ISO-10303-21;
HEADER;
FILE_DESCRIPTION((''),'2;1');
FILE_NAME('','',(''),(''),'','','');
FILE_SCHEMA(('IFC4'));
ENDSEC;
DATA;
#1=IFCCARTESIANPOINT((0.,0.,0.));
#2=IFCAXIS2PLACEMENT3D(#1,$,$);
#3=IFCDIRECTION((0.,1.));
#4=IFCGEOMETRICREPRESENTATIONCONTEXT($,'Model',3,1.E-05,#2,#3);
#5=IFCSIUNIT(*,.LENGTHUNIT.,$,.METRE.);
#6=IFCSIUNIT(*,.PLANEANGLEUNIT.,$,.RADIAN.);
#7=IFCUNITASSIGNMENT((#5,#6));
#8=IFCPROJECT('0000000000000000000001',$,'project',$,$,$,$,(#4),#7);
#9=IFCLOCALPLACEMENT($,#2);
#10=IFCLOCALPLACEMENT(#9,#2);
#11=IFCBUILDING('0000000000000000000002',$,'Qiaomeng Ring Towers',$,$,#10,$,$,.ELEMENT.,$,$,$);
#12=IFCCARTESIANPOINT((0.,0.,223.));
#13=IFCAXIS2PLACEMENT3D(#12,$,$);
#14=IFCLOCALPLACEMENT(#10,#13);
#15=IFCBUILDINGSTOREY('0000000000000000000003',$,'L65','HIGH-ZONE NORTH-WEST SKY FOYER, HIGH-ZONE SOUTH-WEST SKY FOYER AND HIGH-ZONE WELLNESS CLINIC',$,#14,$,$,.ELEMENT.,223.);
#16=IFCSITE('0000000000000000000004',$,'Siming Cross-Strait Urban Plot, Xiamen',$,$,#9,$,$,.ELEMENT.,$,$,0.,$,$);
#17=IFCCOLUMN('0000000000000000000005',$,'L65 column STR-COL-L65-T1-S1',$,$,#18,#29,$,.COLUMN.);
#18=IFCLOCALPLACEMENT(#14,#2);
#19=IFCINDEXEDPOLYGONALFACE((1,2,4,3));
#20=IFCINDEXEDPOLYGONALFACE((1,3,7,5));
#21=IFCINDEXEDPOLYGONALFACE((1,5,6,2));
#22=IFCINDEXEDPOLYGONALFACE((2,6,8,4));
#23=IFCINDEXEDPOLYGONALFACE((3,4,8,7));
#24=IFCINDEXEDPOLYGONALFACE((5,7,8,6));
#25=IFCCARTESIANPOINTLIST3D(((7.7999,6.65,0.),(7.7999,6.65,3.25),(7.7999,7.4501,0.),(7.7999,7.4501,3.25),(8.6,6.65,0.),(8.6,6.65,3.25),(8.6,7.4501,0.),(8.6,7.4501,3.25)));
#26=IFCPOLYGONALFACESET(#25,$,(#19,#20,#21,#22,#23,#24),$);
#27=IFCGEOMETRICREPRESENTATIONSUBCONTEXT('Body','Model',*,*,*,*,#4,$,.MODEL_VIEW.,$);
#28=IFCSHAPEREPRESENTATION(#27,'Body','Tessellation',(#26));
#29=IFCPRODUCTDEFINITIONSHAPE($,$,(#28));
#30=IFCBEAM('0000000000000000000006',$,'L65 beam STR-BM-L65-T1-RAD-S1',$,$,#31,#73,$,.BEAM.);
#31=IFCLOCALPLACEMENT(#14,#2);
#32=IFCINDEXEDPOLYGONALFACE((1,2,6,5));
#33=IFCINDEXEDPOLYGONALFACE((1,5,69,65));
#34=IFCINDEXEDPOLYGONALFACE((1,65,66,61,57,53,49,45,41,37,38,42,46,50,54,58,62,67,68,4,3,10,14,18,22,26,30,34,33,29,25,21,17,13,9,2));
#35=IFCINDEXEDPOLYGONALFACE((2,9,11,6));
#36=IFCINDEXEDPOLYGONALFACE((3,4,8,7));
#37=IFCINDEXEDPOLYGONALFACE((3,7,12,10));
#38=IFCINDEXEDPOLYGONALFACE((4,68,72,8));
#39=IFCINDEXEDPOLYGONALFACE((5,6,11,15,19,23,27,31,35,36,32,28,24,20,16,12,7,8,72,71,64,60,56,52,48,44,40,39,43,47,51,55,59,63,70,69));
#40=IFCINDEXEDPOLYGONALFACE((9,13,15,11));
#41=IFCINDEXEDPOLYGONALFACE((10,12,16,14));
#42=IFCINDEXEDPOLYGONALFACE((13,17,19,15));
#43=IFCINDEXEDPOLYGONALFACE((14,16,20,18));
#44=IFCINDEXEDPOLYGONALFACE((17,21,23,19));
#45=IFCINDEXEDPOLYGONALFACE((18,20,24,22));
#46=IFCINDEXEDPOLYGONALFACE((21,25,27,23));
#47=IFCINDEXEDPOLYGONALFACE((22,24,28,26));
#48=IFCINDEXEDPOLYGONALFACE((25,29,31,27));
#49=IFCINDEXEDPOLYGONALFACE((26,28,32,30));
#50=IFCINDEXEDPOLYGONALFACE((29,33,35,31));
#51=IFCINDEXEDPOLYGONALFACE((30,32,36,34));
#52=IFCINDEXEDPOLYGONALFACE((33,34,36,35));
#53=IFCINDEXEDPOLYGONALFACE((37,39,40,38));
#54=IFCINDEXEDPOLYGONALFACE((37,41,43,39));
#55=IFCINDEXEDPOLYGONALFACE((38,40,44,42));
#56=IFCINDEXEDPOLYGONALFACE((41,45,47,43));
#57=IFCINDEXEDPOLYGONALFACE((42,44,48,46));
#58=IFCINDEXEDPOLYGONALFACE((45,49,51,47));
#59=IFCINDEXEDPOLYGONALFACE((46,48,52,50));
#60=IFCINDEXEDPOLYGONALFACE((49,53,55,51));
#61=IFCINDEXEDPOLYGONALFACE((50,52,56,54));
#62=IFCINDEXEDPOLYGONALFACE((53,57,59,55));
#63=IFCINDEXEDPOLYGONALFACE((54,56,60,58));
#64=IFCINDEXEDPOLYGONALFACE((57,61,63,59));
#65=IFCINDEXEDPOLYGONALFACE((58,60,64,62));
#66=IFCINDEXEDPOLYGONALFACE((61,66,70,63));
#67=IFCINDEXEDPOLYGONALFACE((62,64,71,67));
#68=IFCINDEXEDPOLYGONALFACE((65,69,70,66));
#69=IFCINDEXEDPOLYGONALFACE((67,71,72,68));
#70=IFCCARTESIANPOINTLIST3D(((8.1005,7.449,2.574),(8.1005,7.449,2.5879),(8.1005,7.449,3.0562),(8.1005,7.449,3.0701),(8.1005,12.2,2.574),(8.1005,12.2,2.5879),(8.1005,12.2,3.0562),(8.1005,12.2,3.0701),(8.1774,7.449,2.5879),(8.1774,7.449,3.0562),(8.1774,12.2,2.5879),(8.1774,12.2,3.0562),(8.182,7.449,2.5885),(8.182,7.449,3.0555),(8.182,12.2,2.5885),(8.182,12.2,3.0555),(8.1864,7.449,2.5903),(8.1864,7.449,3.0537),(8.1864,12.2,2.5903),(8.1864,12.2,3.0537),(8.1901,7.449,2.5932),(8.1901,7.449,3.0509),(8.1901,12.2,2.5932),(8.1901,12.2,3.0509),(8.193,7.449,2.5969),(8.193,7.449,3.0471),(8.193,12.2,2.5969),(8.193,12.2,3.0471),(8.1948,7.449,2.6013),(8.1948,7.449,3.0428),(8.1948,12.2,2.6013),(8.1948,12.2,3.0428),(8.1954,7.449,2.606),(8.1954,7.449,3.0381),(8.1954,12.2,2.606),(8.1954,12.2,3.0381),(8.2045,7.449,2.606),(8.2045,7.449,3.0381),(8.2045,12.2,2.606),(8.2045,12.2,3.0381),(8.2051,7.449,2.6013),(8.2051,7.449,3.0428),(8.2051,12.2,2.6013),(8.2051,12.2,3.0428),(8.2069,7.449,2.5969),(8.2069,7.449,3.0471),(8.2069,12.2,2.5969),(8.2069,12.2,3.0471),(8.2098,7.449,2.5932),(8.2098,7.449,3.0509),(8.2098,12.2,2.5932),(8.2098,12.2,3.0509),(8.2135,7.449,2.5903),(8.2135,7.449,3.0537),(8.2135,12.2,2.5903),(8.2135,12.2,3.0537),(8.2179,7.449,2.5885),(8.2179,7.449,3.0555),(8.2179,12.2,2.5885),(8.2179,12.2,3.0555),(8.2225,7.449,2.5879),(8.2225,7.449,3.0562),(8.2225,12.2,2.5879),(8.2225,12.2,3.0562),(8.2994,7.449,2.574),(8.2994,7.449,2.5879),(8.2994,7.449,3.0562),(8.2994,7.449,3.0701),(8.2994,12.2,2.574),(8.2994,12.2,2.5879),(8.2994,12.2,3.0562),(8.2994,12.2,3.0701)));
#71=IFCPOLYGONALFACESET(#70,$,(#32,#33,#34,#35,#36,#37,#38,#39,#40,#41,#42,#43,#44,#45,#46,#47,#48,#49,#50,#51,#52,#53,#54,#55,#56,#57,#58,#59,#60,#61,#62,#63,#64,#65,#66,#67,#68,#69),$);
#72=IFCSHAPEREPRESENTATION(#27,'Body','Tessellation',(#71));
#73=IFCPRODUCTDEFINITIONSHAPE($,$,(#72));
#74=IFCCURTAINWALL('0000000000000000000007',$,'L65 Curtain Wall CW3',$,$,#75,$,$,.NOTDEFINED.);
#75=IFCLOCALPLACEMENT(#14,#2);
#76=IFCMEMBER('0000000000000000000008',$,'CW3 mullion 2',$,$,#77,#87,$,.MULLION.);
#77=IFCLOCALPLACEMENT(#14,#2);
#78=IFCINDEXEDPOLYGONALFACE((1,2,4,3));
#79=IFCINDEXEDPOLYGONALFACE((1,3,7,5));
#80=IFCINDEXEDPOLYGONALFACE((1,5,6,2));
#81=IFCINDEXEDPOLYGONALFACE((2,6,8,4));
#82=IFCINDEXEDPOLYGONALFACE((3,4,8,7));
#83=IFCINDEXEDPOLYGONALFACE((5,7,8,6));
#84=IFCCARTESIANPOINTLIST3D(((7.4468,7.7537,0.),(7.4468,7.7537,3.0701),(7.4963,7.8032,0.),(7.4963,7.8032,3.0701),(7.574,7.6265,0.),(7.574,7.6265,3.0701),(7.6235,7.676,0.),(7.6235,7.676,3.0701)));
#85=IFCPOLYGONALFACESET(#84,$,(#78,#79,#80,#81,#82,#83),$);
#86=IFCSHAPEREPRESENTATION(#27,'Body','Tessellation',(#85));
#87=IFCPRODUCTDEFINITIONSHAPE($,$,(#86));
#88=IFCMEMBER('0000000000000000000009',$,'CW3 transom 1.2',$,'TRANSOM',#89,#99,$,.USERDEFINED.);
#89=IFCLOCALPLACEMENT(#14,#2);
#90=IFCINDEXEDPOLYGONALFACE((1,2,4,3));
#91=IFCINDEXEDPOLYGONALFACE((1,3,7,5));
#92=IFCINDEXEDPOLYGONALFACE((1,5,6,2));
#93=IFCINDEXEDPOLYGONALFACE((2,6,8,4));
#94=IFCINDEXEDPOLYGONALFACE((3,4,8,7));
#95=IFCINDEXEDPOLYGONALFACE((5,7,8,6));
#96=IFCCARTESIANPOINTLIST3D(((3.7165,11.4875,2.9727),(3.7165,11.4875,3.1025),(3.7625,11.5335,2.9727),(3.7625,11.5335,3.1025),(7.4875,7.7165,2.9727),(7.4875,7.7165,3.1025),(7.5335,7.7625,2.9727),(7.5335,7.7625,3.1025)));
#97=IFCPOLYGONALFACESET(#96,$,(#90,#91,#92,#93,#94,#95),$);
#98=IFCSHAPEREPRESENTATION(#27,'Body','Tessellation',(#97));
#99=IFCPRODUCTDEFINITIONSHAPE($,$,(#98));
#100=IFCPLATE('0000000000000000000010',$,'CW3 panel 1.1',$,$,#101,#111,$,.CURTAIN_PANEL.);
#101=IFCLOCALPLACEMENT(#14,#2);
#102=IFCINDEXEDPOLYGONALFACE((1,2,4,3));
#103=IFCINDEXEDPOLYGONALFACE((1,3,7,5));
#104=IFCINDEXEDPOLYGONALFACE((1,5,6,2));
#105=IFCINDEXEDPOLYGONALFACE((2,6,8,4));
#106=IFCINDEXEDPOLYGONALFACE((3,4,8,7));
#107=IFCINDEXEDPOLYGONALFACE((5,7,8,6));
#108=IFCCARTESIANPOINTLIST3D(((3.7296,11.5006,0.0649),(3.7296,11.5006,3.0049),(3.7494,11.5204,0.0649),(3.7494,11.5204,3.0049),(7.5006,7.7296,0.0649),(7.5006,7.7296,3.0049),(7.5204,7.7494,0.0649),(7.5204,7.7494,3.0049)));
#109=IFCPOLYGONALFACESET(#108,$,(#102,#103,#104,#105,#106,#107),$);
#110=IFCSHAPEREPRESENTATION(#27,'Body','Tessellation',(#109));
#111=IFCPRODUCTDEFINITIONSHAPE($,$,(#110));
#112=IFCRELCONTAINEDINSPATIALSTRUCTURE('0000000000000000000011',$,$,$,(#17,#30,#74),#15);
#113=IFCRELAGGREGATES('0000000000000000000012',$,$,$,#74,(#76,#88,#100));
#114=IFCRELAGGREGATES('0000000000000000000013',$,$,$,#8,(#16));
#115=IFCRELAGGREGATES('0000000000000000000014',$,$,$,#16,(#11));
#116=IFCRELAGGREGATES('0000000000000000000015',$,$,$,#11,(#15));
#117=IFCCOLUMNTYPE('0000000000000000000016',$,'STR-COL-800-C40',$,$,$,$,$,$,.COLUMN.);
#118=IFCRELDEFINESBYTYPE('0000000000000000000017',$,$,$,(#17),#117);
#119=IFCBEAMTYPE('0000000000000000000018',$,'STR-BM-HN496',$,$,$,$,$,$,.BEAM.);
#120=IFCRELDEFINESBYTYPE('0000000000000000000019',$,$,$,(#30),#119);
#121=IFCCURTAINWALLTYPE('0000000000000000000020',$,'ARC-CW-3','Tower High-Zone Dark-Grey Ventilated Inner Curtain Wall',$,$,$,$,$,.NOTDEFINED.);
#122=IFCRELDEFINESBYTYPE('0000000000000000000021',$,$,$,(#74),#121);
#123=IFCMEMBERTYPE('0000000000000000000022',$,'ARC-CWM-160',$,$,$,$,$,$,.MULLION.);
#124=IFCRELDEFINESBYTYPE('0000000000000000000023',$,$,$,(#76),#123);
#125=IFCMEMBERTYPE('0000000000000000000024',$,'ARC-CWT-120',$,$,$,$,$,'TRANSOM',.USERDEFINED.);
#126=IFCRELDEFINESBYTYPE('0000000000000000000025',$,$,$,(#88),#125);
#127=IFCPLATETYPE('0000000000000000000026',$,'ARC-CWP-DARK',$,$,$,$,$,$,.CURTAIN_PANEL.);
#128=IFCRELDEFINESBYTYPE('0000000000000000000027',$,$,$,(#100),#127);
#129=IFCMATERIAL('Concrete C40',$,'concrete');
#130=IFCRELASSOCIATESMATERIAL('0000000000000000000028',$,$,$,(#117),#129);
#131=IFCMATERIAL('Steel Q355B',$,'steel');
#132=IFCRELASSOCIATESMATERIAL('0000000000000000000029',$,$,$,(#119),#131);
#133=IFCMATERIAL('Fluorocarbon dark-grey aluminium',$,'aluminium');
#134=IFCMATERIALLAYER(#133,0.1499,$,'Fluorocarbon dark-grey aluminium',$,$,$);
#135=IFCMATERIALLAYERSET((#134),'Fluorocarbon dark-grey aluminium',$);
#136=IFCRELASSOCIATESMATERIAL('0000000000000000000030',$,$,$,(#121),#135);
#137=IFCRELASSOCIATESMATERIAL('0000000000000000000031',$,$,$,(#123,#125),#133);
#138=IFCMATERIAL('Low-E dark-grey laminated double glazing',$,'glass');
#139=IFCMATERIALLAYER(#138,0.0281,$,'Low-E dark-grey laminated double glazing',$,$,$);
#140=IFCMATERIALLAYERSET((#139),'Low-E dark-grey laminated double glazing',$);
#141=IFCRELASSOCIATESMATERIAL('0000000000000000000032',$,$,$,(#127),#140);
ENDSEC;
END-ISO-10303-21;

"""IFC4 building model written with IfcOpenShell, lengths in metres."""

from ifc_helpers import new_model, si_unit, direction, frame, origin, origin_2d, place, context, subcontext, project, spatial, rectangle, i_section, extrude, source, transform, mapped, material, layer, layer_set, material_profile, profile_set, type_object, element, aggregate, save


model = new_model("IFC4")

# Units and contexts
model_context = context("Model", 3, precision=1e-05, world=origin(), true_north=direction((0.0, 1.0)))
body_context = subcontext(model_context, "Body", "Model", "MODEL_VIEW")
ifc_project = project(units=[si_unit("LENGTHUNIT", "METRE"), si_unit("PLANEANGLEUNIT", "RADIAN")], contexts=[model_context])

# Site, building, storey
site_placement = place(None, origin())
site = spatial("IfcSite", under=ifc_project, at=site_placement, Name="Siming Cross-Strait Urban Plot, Xiamen", CompositionType="ELEMENT", RefElevation=0.0)
building_placement = place(site_placement, origin())
building = spatial("IfcBuilding", under=site, at=building_placement, Name="Qiaomeng Ring Towers", CompositionType="ELEMENT")
storey_placement = place(building_placement, frame((0.0, 0.0, 223.0)))
storey = spatial("IfcBuildingStorey", under=building, at=storey_placement, Name="L65", Description="HIGH-ZONE NORTH-WEST SKY FOYER, HIGH-ZONE SOUTH-WEST SKY FOYER AND HIGH-ZONE WELLNESS CLINIC", CompositionType="ELEMENT", Elevation=223.0)

# Column
ifc_material_1 = material(Name="Concrete C40", Category="concrete")
ifc_material_profile_1 = material_profile(ifc_material_1, rectangle(XDim=0.8, YDim=0.8, at=origin_2d()), Name="RC COL 800x800")
ifc_profile_set_1 = profile_set([ifc_material_profile_1], Name="Concrete C40")
column_type = type_object("IfcColumnType", Name="STR-COL-800-C40", PredefinedType="COLUMN", material=ifc_profile_set_1)
shared_shape_1 = source(origin(), body_context, "Body", "SweptSolid", [
    extrude(rectangle(XDim=0.8, YDim=0.8, at=origin_2d()), origin(), (0.0, 0.0, 1.0), 3.25),
])
column_placement = place(storey_placement, frame((8.2, 7.05, 0.0), z_axis=(0.0, 0.0, 1.0), x_axis=(1.0, 0.0, 0.0)))
element("IfcColumn", 1, at=column_placement, inside=storey, type_object=column_type, Name="L65 column STR-COL-L65-T1-S1", PredefinedType="COLUMN", context=body_context, shape_type="MappedRepresentation", body=[
    mapped(shared_shape_1, transform((0.0, 0.0, 0.0), x_axis=(1.0, 0.0, 0.0), y_axis=(0.0, 1.0, 0.0), z_axis=(0.0, 0.0, 1.0), scale=1.0)),
])

# Beam
ifc_material_2 = material(Name="Steel Q355B", Category="steel")
ifc_material_profile_2 = material_profile(ifc_material_2, i_section(OverallWidth=0.199, OverallDepth=0.4961, WebThickness=0.009, FlangeThickness=0.0139, FilletRadius=0.0181, at=origin_2d()), Name="HN 496x199x9x14")
ifc_profile_set_2 = profile_set([ifc_material_profile_2], Name="Steel Q355B")
beam_type = type_object("IfcBeamType", Name="STR-BM-HN496", PredefinedType="BEAM", material=ifc_profile_set_2)
shared_shape_2 = source(origin(), body_context, "Body", "SweptSolid", [
    extrude(i_section(OverallWidth=0.199, OverallDepth=0.4961, WebThickness=0.009, FlangeThickness=0.0139, FilletRadius=0.0181, at=origin_2d()), origin(), (0.0, 0.0, 1.0), 4.751),
])
beam_placement = place(storey_placement, frame((8.2, 7.449, 2.822), z_axis=(0.0, 1.0, 0.0), x_axis=(-1.0, 0.0, 0.0)))
element("IfcBeam", 2, at=beam_placement, inside=storey, type_object=beam_type, Name="L65 beam STR-BM-L65-T1-RAD-S1", PredefinedType="BEAM", context=body_context, shape_type="MappedRepresentation", body=[
    mapped(shared_shape_2, transform((0.0, 0.0, 0.0), x_axis=(1.0, 0.0, 0.0), y_axis=(0.0, 1.0, 0.0), z_axis=(0.0, 0.0, 1.0), scale=1.0)),
])

# Curtain wall, members, plate
ifc_material_3 = material(Name="Fluorocarbon dark-grey aluminium", Category="aluminium")
ifc_layer_1 = layer(ifc_material_3, 0.1499, Name="Fluorocarbon dark-grey aluminium")
ifc_layer_set_1 = layer_set([ifc_layer_1], Name="Fluorocarbon dark-grey aluminium")
curtain_wall_type = type_object("IfcCurtainWallType", Name="ARC-CW-3", Description="Tower High-Zone Dark-Grey Ventilated Inner Curtain Wall", PredefinedType="NOTDEFINED", material=ifc_layer_set_1)
curtain_wall_placement = place(storey_placement, origin())
curtain_wall = element("IfcCurtainWall", 3, at=curtain_wall_placement, inside=storey, type_object=curtain_wall_type, Name="L65 Curtain Wall CW3", PredefinedType="NOTDEFINED")
ifc_material_profile_3 = material_profile(ifc_material_3, rectangle(XDim=0.0701, YDim=0.1799, at=origin_2d()), Name="ALU MULL 70x180")
ifc_profile_set_3 = profile_set([ifc_material_profile_3], Name="Fluorocarbon dark-grey aluminium")
member_type_1 = type_object("IfcMemberType", Name="ARC-CWM-160", PredefinedType="MULLION", material=ifc_profile_set_3)
shared_shape_3 = source(origin(), body_context, "Body", "SweptSolid", [
    extrude(rectangle(XDim=0.0701, YDim=0.1799, at=origin_2d()), origin(), (0.0, 0.0, 1.0), 3.0701),
])
member_1_placement = place(storey_placement, frame((7.5352, 7.7148, 0.0), z_axis=(0.0, 0.0, 1.0), x_axis=(0.707107, 0.707107, 0.0)))
member_1 = element("IfcMember", 4, at=member_1_placement, type_object=member_type_1, Name="CW3 mullion 2", PredefinedType="MULLION", context=body_context, shape_type="MappedRepresentation", body=[
    mapped(shared_shape_3, transform((0.0, 0.0, 0.0), x_axis=(1.0, 0.0, 0.0), y_axis=(0.0, 1.0, 0.0), z_axis=(0.0, 0.0, 1.0), scale=1.0)),
])
ifc_material_profile_4 = material_profile(ifc_material_3, rectangle(XDim=0.0649, YDim=0.1299, at=origin_2d()), Name="ALU TRAN 65x130")
ifc_profile_set_4 = profile_set([ifc_material_profile_4], Name="Fluorocarbon dark-grey aluminium")
member_type_2 = type_object("IfcMemberType", Name="ARC-CWT-120", ElementType="TRANSOM", PredefinedType="USERDEFINED", material=ifc_profile_set_4)
shared_shape_4 = source(origin(), body_context, "Body", "SweptSolid", [
    extrude(rectangle(XDim=0.0649, YDim=0.1299, at=origin_2d()), origin(), (0.0, 0.0, 1.0), 5.333),
])
member_2_placement = place(storey_placement, frame((3.7395, 11.5105, 3.0376), z_axis=(0.707107, -0.707107, 0.0), x_axis=(0.707107, 0.707107, 0.0)))
member_2 = element("IfcMember", 5, at=member_2_placement, type_object=member_type_2, Name="CW3 transom 1.2", ObjectType="TRANSOM", PredefinedType="USERDEFINED", context=body_context, shape_type="MappedRepresentation", body=[
    mapped(shared_shape_4, transform((0.0, 0.0, 0.0), x_axis=(1.0, 0.0, 0.0), y_axis=(0.0, 1.0, 0.0), z_axis=(0.0, 0.0, 1.0), scale=1.0)),
])
ifc_material_4 = material(Name="Low-E dark-grey laminated double glazing", Category="glass")
ifc_layer_2 = layer(ifc_material_4, 0.0281, Name="Low-E dark-grey laminated double glazing")
ifc_layer_set_2 = layer_set([ifc_layer_2], Name="Low-E dark-grey laminated double glazing")
plate_type = type_object("IfcPlateType", Name="ARC-CWP-DARK", PredefinedType="CURTAIN_PANEL", material=ifc_layer_set_2)
shared_shape_5 = source(origin(), body_context, "Body", "SweptSolid", [
    extrude(rectangle(XDim=5.333, YDim=0.0281, at=origin_2d()), origin(), (0.0, 0.0, 1.0), 2.9399),
])
plate_placement = place(storey_placement, frame((5.625, 9.625, 0.0649), z_axis=(0.0, 0.0, 1.0), x_axis=(0.707107, -0.707107, 0.0)))
plate = element("IfcPlate", 6, at=plate_placement, type_object=plate_type, Name="CW3 panel 1.1", PredefinedType="CURTAIN_PANEL", context=body_context, shape_type="MappedRepresentation", body=[
    mapped(shared_shape_5, transform((0.0, 0.0, 0.0), x_axis=(1.0, 0.0, 0.0), y_axis=(0.0, 1.0, 0.0), z_axis=(0.0, 0.0, 1.0), scale=1.0)),
])
aggregate(curtain_wall, [member_1, member_2, plate])

save(model, "model.ifc")
